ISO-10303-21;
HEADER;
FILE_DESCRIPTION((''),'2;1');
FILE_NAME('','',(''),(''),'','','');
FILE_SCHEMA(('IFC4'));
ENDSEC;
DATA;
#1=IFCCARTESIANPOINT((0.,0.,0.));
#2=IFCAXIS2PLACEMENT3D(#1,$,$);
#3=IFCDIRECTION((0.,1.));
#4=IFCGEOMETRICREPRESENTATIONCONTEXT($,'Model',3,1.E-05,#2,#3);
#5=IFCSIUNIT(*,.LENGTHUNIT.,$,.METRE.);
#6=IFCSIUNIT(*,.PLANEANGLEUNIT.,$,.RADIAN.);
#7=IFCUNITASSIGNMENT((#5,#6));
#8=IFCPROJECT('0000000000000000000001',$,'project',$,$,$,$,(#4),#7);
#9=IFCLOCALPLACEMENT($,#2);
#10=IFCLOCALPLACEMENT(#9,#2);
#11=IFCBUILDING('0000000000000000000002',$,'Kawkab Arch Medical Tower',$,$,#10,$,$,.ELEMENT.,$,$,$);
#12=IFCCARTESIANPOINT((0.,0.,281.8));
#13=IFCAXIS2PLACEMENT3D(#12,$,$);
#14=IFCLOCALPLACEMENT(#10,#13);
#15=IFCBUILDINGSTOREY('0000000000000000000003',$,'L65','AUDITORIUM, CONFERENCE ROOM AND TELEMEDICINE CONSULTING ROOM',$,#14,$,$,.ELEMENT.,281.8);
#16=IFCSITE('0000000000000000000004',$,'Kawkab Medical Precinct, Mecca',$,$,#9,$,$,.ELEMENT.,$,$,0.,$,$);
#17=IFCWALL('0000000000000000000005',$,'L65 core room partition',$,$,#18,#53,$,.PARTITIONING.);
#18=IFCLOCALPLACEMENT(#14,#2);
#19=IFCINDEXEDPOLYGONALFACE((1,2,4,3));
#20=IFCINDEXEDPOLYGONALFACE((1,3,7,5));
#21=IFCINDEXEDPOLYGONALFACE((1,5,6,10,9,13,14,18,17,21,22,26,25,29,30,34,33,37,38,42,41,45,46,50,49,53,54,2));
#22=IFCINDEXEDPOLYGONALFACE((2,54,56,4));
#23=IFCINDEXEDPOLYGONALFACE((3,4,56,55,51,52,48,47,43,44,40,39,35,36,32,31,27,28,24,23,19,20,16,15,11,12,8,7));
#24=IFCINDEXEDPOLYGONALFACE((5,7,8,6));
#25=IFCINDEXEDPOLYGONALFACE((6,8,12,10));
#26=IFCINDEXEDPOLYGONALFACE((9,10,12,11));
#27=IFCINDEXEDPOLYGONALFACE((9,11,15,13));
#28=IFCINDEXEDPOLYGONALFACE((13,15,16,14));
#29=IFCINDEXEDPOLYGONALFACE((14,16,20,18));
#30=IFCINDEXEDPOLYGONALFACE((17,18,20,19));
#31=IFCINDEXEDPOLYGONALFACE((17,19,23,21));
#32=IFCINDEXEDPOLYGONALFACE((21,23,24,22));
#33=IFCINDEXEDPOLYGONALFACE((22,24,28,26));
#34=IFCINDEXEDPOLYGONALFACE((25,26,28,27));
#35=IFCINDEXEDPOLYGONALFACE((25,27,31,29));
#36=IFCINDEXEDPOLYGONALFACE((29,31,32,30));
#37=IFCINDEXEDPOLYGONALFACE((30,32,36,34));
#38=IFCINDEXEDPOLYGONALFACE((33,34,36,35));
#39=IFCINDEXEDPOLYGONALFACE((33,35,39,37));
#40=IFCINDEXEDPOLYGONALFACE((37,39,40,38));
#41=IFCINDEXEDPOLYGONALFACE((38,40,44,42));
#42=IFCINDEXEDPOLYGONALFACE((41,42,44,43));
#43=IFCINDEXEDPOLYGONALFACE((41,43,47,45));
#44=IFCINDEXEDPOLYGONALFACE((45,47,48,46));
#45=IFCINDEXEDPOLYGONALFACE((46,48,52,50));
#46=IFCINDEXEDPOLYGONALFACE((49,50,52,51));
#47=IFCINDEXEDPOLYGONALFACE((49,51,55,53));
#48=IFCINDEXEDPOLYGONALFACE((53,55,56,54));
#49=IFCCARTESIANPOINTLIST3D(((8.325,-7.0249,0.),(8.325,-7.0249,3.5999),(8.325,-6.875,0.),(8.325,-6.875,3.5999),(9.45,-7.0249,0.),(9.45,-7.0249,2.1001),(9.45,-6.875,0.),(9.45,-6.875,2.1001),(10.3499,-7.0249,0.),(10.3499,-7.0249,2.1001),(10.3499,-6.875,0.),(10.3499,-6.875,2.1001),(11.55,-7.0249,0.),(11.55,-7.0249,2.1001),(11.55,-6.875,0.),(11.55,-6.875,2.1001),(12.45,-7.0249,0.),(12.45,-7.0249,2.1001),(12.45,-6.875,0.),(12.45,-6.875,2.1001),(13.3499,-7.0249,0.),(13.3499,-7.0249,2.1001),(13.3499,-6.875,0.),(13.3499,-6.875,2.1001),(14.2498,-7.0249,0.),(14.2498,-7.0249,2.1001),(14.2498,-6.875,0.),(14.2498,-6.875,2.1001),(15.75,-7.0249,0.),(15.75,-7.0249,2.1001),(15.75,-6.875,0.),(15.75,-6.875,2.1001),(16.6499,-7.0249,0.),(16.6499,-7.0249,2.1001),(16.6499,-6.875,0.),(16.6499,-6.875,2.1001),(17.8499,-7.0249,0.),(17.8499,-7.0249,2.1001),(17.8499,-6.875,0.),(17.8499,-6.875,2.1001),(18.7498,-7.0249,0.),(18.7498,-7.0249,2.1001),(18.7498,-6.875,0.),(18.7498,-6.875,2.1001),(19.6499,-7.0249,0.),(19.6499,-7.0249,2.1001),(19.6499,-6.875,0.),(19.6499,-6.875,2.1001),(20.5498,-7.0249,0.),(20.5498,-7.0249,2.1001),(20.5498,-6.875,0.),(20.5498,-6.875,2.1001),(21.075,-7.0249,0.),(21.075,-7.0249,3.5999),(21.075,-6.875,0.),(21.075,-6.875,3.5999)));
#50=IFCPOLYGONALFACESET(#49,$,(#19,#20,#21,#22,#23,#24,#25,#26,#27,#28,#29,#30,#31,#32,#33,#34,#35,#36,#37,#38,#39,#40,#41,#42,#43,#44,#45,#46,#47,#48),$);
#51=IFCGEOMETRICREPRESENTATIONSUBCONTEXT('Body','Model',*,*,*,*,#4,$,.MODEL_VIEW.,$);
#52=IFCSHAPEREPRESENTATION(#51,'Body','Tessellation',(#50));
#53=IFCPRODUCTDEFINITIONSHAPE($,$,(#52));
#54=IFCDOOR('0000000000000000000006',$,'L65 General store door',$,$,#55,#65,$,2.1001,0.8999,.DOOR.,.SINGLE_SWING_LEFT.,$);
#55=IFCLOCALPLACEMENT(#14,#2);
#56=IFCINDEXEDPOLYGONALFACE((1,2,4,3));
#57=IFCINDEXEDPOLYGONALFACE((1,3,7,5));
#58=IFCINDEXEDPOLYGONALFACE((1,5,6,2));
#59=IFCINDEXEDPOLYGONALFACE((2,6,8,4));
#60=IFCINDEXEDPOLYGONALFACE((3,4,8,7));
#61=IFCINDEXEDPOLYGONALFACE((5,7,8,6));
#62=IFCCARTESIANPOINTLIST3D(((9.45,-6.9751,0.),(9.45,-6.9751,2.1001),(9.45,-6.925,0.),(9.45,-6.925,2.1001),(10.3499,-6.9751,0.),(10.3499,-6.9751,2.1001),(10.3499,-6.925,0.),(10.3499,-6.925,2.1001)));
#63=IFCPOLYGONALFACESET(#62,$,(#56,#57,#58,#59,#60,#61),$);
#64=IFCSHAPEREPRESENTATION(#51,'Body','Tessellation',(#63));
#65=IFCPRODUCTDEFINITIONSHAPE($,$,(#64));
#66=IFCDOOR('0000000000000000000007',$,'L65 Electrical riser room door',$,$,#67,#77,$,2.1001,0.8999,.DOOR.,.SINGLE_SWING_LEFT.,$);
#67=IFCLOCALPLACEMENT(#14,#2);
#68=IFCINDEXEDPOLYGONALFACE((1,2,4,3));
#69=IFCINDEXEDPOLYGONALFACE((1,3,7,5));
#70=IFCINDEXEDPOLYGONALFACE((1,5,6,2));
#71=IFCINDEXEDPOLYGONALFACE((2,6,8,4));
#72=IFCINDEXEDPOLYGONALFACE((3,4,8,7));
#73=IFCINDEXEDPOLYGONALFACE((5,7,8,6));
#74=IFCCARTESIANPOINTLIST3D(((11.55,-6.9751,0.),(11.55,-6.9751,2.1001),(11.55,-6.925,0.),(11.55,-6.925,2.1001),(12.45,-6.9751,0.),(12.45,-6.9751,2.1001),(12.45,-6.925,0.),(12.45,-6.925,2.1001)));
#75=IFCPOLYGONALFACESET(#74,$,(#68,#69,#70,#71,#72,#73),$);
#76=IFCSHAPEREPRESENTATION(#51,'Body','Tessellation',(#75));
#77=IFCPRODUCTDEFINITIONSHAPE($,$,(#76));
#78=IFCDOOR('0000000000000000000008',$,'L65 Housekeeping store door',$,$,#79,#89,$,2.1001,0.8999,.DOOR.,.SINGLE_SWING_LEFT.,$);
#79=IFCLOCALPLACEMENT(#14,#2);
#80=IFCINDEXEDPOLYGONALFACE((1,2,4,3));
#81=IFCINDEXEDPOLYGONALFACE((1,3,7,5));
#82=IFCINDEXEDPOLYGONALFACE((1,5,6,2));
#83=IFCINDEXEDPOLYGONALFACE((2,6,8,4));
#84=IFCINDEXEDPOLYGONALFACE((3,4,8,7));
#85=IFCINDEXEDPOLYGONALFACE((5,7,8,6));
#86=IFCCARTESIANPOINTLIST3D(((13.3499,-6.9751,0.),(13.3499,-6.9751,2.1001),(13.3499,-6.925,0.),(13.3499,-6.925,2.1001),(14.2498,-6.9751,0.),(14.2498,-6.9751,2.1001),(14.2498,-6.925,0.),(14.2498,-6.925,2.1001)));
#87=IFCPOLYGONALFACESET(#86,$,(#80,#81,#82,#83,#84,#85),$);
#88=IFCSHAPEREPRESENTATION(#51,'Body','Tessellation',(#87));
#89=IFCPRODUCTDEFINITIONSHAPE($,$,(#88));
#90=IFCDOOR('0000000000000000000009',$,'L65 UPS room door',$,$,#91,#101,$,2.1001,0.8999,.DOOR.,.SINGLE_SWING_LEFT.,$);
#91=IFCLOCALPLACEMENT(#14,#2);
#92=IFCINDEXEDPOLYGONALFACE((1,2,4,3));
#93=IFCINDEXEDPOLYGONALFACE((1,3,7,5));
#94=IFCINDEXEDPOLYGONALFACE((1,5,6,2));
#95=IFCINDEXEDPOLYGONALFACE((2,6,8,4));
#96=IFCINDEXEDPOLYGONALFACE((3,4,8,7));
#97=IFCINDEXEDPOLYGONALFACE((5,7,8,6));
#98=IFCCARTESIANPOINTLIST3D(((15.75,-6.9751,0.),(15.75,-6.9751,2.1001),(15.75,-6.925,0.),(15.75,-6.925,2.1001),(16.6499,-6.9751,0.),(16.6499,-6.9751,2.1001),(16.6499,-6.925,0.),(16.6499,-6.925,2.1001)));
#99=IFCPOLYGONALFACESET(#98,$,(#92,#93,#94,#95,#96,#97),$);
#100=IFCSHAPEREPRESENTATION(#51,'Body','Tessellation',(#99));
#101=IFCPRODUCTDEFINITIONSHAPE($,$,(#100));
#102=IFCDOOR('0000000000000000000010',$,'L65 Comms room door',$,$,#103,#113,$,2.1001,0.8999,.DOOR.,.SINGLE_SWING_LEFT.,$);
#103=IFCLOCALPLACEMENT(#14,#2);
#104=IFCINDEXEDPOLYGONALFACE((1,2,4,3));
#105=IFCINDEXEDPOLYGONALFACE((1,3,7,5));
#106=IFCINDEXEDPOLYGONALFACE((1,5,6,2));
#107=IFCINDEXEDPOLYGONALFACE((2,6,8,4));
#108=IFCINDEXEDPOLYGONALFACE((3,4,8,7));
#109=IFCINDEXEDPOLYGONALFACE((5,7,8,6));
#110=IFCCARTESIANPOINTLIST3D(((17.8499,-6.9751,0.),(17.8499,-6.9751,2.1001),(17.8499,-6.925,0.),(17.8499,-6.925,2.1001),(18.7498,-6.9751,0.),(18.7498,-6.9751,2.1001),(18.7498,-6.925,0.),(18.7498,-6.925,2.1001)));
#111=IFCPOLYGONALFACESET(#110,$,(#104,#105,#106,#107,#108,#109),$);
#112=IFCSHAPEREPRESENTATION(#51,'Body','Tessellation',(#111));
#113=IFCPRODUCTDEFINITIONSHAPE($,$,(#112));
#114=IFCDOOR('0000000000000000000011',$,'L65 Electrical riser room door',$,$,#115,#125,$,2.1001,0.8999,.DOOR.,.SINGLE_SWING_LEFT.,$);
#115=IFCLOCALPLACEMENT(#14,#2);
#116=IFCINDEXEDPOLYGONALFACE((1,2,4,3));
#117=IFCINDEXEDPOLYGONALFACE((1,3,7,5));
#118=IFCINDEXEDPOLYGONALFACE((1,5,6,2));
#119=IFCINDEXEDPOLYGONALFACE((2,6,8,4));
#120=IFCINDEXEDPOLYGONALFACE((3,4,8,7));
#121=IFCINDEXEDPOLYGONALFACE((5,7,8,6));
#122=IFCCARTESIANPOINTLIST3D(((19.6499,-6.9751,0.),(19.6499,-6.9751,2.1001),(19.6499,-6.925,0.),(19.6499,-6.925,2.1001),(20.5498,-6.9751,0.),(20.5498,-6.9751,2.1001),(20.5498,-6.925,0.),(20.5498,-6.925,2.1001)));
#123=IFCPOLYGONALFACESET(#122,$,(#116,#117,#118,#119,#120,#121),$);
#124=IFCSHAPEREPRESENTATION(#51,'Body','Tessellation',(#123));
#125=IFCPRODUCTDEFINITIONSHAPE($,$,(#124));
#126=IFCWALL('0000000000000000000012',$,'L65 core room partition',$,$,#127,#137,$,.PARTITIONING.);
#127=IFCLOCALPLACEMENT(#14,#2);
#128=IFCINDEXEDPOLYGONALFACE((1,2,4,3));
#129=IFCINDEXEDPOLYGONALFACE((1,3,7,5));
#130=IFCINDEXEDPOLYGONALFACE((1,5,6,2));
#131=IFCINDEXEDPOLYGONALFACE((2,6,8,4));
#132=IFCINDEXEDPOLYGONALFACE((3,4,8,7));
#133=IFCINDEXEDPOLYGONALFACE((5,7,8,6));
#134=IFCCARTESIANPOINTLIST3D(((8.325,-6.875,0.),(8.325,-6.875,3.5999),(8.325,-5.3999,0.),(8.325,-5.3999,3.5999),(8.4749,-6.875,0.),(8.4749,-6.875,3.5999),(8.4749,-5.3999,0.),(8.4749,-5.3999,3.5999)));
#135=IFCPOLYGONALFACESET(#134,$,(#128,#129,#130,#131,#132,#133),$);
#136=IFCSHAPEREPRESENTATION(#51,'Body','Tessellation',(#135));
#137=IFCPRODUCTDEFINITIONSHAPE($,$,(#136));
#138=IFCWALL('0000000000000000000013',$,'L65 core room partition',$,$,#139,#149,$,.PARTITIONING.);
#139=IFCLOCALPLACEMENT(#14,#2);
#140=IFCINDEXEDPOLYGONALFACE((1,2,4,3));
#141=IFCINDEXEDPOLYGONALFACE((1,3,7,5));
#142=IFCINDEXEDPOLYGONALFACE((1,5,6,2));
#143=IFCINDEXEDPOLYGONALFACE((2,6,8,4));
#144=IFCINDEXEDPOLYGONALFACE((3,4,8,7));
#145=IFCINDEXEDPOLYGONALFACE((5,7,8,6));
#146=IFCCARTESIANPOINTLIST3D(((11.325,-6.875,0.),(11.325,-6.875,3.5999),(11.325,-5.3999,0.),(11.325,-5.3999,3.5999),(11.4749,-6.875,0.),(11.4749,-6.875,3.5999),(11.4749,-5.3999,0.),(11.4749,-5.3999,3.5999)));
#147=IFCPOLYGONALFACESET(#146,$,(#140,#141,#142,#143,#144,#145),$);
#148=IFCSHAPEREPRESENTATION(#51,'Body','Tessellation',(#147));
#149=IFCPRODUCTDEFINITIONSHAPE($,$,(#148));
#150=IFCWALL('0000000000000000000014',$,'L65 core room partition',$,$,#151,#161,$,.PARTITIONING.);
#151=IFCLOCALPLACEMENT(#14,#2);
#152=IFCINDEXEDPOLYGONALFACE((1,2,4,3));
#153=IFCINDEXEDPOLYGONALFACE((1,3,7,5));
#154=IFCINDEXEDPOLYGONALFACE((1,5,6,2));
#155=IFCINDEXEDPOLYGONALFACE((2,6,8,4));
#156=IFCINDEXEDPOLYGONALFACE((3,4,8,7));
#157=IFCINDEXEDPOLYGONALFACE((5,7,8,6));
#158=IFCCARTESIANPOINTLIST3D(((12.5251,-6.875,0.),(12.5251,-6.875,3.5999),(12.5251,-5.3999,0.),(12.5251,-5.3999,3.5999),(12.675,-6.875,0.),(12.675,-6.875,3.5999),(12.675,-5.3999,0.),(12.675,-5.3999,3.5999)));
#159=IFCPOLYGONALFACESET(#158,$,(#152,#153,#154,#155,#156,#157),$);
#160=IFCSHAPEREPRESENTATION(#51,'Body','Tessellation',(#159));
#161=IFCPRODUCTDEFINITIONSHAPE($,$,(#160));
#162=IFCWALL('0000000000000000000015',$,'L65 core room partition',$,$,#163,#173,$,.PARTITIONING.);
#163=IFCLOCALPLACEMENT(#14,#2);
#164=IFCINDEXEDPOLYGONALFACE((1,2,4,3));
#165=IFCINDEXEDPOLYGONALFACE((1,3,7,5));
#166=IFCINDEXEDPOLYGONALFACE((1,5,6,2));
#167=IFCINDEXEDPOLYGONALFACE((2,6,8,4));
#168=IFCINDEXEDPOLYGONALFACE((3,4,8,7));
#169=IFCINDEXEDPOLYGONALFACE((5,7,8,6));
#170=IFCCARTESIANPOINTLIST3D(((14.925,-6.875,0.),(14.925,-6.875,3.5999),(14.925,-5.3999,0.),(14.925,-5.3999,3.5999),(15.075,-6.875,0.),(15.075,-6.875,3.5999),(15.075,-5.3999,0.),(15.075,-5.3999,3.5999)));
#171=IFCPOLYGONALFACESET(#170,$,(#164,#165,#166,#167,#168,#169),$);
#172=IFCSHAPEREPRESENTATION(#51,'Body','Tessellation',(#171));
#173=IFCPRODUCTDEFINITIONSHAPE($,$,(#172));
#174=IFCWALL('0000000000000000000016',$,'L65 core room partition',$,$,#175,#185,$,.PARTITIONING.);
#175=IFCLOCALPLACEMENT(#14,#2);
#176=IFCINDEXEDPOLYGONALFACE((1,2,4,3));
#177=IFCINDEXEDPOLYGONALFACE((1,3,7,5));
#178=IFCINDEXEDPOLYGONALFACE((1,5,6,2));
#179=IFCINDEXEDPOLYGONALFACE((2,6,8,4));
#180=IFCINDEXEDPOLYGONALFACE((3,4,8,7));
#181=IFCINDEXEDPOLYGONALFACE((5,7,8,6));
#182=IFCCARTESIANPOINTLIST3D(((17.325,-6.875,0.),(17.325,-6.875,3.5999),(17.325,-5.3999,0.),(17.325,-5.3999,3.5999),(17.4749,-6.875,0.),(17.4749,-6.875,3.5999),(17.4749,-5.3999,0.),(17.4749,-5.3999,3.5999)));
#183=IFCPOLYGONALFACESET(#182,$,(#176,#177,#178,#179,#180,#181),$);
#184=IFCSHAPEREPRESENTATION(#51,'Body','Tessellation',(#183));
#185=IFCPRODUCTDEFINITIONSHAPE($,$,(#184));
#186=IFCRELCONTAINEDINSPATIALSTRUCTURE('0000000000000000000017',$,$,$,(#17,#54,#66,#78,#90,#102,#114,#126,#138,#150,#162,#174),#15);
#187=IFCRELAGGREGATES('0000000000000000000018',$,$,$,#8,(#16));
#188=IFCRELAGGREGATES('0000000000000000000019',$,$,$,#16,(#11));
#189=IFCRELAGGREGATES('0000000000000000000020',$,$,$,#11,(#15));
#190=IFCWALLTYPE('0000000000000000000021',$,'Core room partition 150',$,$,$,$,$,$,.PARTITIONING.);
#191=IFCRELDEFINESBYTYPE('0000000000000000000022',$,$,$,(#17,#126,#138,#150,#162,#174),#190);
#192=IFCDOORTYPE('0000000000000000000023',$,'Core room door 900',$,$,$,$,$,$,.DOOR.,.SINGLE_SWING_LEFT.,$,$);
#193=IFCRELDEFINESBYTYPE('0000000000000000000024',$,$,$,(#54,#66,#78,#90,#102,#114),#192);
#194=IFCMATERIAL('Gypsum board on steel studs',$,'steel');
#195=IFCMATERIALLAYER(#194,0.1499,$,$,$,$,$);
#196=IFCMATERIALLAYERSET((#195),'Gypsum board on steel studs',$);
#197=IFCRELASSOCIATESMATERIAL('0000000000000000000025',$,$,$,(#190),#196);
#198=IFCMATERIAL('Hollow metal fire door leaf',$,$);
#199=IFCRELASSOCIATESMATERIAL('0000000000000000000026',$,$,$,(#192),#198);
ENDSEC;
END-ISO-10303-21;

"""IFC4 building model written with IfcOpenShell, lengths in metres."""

from ifc_helpers import new_model, si_unit, direction, frame, frame_2d, origin, place, context, subcontext, project, spatial, rectangle, extrude, material, layer, layer_set, type_object, element, fill, save


model = new_model("IFC4")

# Units and contexts
model_context = context("Model", 3, precision=1e-05, world=origin(), true_north=direction((0.0, 1.0)))
body_context = subcontext(model_context, "Body", "Model", "MODEL_VIEW")
ifc_project = project(units=[si_unit("LENGTHUNIT", "METRE"), si_unit("PLANEANGLEUNIT", "RADIAN")], contexts=[model_context])

# Site, building, storey
site_placement = place(None, origin())
site = spatial("IfcSite", under=ifc_project, at=site_placement, Name="Kawkab Medical Precinct, Mecca", CompositionType="ELEMENT", RefElevation=0.0)
building_placement = place(site_placement, origin())
building = spatial("IfcBuilding", under=site, at=building_placement, Name="Kawkab Arch Medical Tower", CompositionType="ELEMENT")
storey_placement = place(building_placement, frame((0.0, 0.0, 281.8)))
storey = spatial("IfcBuildingStorey", under=building, at=storey_placement, Name="L65", Description="AUDITORIUM, CONFERENCE ROOM AND TELEMEDICINE CONSULTING ROOM", CompositionType="ELEMENT", Elevation=281.8)

# Wall, openings, doors
ifc_material_1 = material(Name="Gypsum board on steel studs", Category="steel")
ifc_layer_1 = layer(ifc_material_1, 0.1499)
ifc_layer_set_1 = layer_set([ifc_layer_1], Name="Gypsum board on steel studs")
wall_type_1 = type_object("IfcWallType", Name="Core room partition 150", PredefinedType="PARTITIONING", material=ifc_layer_set_1)
wall_1_placement = place(storey_placement, frame((8.325, -6.95, 0.0), z_axis=(0.0, 0.0, 1.0), x_axis=(1.0, 0.0, 0.0)))
wall_1 = element("IfcWall", 1, at=wall_1_placement, inside=storey, type_object=wall_type_1, Name="L65 core room partition", PredefinedType="PARTITIONING", context=body_context, shape_type="SweptSolid", body=[
    extrude(rectangle(XDim=12.75, YDim=0.1499, at=frame_2d((6.375, 0.0))), origin(), (0.0, 0.0, 1.0), 3.5999),
])
opening_1_placement = place(wall_1_placement, frame((1.125, 0.0, 0.0)))
opening_1 = element("IfcOpeningElement", 2, at=opening_1_placement, cuts=wall_1, PredefinedType="OPENING", context=body_context, shape_type="SweptSolid", body=[
    extrude(rectangle(XDim=0.8999, YDim=2.1001, at=frame_2d((0.45, 1.05))), frame((0.0, 0.085, 0.0), z_axis=(0.0, -1.0, 0.0), x_axis=(1.0, 0.0, 0.0)), (0.0, 0.0, 1.0), 0.1699),
])
opening_2_placement = place(wall_1_placement, frame((3.2251, 0.0, 0.0)))
opening_2 = element("IfcOpeningElement", 3, at=opening_2_placement, cuts=wall_1, PredefinedType="OPENING", context=body_context, shape_type="SweptSolid", body=[
    extrude(rectangle(XDim=0.8999, YDim=2.1001, at=frame_2d((0.45, 1.05))), frame((0.0, 0.085, 0.0), z_axis=(0.0, -1.0, 0.0), x_axis=(1.0, 0.0, 0.0)), (0.0, 0.0, 1.0), 0.1699),
])
opening_3_placement = place(wall_1_placement, frame((5.0249, 0.0, 0.0)))
opening_3 = element("IfcOpeningElement", 4, at=opening_3_placement, cuts=wall_1, PredefinedType="OPENING", context=body_context, shape_type="SweptSolid", body=[
    extrude(rectangle(XDim=0.8999, YDim=2.1001, at=frame_2d((0.45, 1.05))), frame((0.0, 0.085, 0.0), z_axis=(0.0, -1.0, 0.0), x_axis=(1.0, 0.0, 0.0)), (0.0, 0.0, 1.0), 0.1699),
])
opening_4_placement = place(wall_1_placement, frame((7.425, 0.0, 0.0)))
opening_4 = element("IfcOpeningElement", 5, at=opening_4_placement, cuts=wall_1, PredefinedType="OPENING", context=body_context, shape_type="SweptSolid", body=[
    extrude(rectangle(XDim=0.8999, YDim=2.1001, at=frame_2d((0.45, 1.05))), frame((0.0, 0.085, 0.0), z_axis=(0.0, -1.0, 0.0), x_axis=(1.0, 0.0, 0.0)), (0.0, 0.0, 1.0), 0.1699),
])
opening_5_placement = place(wall_1_placement, frame((9.5249, 0.0, 0.0)))
opening_5 = element("IfcOpeningElement", 6, at=opening_5_placement, cuts=wall_1, PredefinedType="OPENING", context=body_context, shape_type="SweptSolid", body=[
    extrude(rectangle(XDim=0.8999, YDim=2.1001, at=frame_2d((0.45, 1.05))), frame((0.0, 0.085, 0.0), z_axis=(0.0, -1.0, 0.0), x_axis=(1.0, 0.0, 0.0)), (0.0, 0.0, 1.0), 0.1699),
])
opening_6_placement = place(wall_1_placement, frame((11.325, 0.0, 0.0)))
opening_6 = element("IfcOpeningElement", 7, at=opening_6_placement, cuts=wall_1, PredefinedType="OPENING", context=body_context, shape_type="SweptSolid", body=[
    extrude(rectangle(XDim=0.8999, YDim=2.1001, at=frame_2d((0.45, 1.05))), frame((0.0, 0.085, 0.0), z_axis=(0.0, -1.0, 0.0), x_axis=(1.0, 0.0, 0.0)), (0.0, 0.0, 1.0), 0.1699),
])
ifc_material_2 = material(Name="Hollow metal fire door leaf")
door_type = type_object("IfcDoorType", Name="Core room door 900", OperationType="SINGLE_SWING_LEFT", PredefinedType="DOOR", material=ifc_material_2)
door_1_placement = place(opening_1_placement, origin())
door_1 = element("IfcDoor", 8, at=door_1_placement, inside=storey, type_object=door_type, Name="L65 General store door", OperationType="SINGLE_SWING_LEFT", OverallHeight=2.1001, OverallWidth=0.8999, PredefinedType="DOOR", context=body_context, shape_type="SweptSolid", body=[
    extrude(rectangle(XDim=0.8999, YDim=2.1001, at=frame_2d((0.45, 1.05))), frame((0.0, 0.0249, 0.0), z_axis=(0.0, -1.0, 0.0), x_axis=(1.0, 0.0, 0.0)), (0.0, 0.0, 1.0), 0.05),
])
fill(opening_1, door_1)
door_2_placement = place(opening_2_placement, origin())
door_2 = element("IfcDoor", 9, at=door_2_placement, inside=storey, type_object=door_type, Name="L65 Electrical riser room door", OperationType="SINGLE_SWING_LEFT", OverallHeight=2.1001, OverallWidth=0.8999, PredefinedType="DOOR", context=body_context, shape_type="SweptSolid", body=[
    extrude(rectangle(XDim=0.8999, YDim=2.1001, at=frame_2d((0.45, 1.05))), frame((0.0, 0.0249, 0.0), z_axis=(0.0, -1.0, 0.0), x_axis=(1.0, 0.0, 0.0)), (0.0, 0.0, 1.0), 0.05),
])
fill(opening_2, door_2)
door_3_placement = place(opening_3_placement, origin())
door_3 = element("IfcDoor", 10, at=door_3_placement, inside=storey, type_object=door_type, Name="L65 Housekeeping store door", OperationType="SINGLE_SWING_LEFT", OverallHeight=2.1001, OverallWidth=0.8999, PredefinedType="DOOR", context=body_context, shape_type="SweptSolid", body=[
    extrude(rectangle(XDim=0.8999, YDim=2.1001, at=frame_2d((0.45, 1.05))), frame((0.0, 0.0249, 0.0), z_axis=(0.0, -1.0, 0.0), x_axis=(1.0, 0.0, 0.0)), (0.0, 0.0, 1.0), 0.05),
])
fill(opening_3, door_3)
door_4_placement = place(opening_4_placement, origin())
door_4 = element("IfcDoor", 11, at=door_4_placement, inside=storey, type_object=door_type, Name="L65 UPS room door", OperationType="SINGLE_SWING_LEFT", OverallHeight=2.1001, OverallWidth=0.8999, PredefinedType="DOOR", context=body_context, shape_type="SweptSolid", body=[
    extrude(rectangle(XDim=0.8999, YDim=2.1001, at=frame_2d((0.45, 1.05))), frame((0.0, 0.0249, 0.0), z_axis=(0.0, -1.0, 0.0), x_axis=(1.0, 0.0, 0.0)), (0.0, 0.0, 1.0), 0.05),
])
fill(opening_4, door_4)
door_5_placement = place(opening_5_placement, origin())
door_5 = element("IfcDoor", 12, at=door_5_placement, inside=storey, type_object=door_type, Name="L65 Comms room door", OperationType="SINGLE_SWING_LEFT", OverallHeight=2.1001, OverallWidth=0.8999, PredefinedType="DOOR", context=body_context, shape_type="SweptSolid", body=[
    extrude(rectangle(XDim=0.8999, YDim=2.1001, at=frame_2d((0.45, 1.05))), frame((0.0, 0.0249, 0.0), z_axis=(0.0, -1.0, 0.0), x_axis=(1.0, 0.0, 0.0)), (0.0, 0.0, 1.0), 0.05),
])
fill(opening_5, door_5)
door_6_placement = place(opening_6_placement, origin())
door_6 = element("IfcDoor", 13, at=door_6_placement, inside=storey, type_object=door_type, Name="L65 Electrical riser room door", OperationType="SINGLE_SWING_LEFT", OverallHeight=2.1001, OverallWidth=0.8999, PredefinedType="DOOR", context=body_context, shape_type="SweptSolid", body=[
    extrude(rectangle(XDim=0.8999, YDim=2.1001, at=frame_2d((0.45, 1.05))), frame((0.0, 0.0249, 0.0), z_axis=(0.0, -1.0, 0.0), x_axis=(1.0, 0.0, 0.0)), (0.0, 0.0, 1.0), 0.05),
])
fill(opening_6, door_6)

# Walls
for number, where, z_axis, x_axis, name in (
    (14, (8.3999, -6.875, 0.0), (0.0, 0.0, 1.0), (0.0, 1.0, 0.0), "L65 core room partition"),
    (15, (11.3999, -6.875, 0.0), (0.0, 0.0, 1.0), (0.0, 1.0, 0.0), "L65 core room partition"),
    (16, (12.6001, -6.875, 0.0), (0.0, 0.0, 1.0), (0.0, 1.0, 0.0), "L65 core room partition"),
    (17, (15.0, -6.875, 0.0), (0.0, 0.0, 1.0), (0.0, 1.0, 0.0), "L65 core room partition"),
    (18, (17.3999, -6.875, 0.0), (0.0, 0.0, 1.0), (0.0, 1.0, 0.0), "L65 core room partition"),
):
    element("IfcWall", number, at=place(storey_placement, frame(where, z_axis=z_axis, x_axis=x_axis)), inside=storey, type_object=wall_type_1, Name=name, PredefinedType="PARTITIONING", context=body_context, shape_type="SweptSolid", body=[
        extrude(rectangle(XDim=1.4751, YDim=0.1499, at=frame_2d((0.7375, 0.0))), origin(), (0.0, 0.0, 1.0), 3.5999),
    ])

save(model, "model.ifc")
